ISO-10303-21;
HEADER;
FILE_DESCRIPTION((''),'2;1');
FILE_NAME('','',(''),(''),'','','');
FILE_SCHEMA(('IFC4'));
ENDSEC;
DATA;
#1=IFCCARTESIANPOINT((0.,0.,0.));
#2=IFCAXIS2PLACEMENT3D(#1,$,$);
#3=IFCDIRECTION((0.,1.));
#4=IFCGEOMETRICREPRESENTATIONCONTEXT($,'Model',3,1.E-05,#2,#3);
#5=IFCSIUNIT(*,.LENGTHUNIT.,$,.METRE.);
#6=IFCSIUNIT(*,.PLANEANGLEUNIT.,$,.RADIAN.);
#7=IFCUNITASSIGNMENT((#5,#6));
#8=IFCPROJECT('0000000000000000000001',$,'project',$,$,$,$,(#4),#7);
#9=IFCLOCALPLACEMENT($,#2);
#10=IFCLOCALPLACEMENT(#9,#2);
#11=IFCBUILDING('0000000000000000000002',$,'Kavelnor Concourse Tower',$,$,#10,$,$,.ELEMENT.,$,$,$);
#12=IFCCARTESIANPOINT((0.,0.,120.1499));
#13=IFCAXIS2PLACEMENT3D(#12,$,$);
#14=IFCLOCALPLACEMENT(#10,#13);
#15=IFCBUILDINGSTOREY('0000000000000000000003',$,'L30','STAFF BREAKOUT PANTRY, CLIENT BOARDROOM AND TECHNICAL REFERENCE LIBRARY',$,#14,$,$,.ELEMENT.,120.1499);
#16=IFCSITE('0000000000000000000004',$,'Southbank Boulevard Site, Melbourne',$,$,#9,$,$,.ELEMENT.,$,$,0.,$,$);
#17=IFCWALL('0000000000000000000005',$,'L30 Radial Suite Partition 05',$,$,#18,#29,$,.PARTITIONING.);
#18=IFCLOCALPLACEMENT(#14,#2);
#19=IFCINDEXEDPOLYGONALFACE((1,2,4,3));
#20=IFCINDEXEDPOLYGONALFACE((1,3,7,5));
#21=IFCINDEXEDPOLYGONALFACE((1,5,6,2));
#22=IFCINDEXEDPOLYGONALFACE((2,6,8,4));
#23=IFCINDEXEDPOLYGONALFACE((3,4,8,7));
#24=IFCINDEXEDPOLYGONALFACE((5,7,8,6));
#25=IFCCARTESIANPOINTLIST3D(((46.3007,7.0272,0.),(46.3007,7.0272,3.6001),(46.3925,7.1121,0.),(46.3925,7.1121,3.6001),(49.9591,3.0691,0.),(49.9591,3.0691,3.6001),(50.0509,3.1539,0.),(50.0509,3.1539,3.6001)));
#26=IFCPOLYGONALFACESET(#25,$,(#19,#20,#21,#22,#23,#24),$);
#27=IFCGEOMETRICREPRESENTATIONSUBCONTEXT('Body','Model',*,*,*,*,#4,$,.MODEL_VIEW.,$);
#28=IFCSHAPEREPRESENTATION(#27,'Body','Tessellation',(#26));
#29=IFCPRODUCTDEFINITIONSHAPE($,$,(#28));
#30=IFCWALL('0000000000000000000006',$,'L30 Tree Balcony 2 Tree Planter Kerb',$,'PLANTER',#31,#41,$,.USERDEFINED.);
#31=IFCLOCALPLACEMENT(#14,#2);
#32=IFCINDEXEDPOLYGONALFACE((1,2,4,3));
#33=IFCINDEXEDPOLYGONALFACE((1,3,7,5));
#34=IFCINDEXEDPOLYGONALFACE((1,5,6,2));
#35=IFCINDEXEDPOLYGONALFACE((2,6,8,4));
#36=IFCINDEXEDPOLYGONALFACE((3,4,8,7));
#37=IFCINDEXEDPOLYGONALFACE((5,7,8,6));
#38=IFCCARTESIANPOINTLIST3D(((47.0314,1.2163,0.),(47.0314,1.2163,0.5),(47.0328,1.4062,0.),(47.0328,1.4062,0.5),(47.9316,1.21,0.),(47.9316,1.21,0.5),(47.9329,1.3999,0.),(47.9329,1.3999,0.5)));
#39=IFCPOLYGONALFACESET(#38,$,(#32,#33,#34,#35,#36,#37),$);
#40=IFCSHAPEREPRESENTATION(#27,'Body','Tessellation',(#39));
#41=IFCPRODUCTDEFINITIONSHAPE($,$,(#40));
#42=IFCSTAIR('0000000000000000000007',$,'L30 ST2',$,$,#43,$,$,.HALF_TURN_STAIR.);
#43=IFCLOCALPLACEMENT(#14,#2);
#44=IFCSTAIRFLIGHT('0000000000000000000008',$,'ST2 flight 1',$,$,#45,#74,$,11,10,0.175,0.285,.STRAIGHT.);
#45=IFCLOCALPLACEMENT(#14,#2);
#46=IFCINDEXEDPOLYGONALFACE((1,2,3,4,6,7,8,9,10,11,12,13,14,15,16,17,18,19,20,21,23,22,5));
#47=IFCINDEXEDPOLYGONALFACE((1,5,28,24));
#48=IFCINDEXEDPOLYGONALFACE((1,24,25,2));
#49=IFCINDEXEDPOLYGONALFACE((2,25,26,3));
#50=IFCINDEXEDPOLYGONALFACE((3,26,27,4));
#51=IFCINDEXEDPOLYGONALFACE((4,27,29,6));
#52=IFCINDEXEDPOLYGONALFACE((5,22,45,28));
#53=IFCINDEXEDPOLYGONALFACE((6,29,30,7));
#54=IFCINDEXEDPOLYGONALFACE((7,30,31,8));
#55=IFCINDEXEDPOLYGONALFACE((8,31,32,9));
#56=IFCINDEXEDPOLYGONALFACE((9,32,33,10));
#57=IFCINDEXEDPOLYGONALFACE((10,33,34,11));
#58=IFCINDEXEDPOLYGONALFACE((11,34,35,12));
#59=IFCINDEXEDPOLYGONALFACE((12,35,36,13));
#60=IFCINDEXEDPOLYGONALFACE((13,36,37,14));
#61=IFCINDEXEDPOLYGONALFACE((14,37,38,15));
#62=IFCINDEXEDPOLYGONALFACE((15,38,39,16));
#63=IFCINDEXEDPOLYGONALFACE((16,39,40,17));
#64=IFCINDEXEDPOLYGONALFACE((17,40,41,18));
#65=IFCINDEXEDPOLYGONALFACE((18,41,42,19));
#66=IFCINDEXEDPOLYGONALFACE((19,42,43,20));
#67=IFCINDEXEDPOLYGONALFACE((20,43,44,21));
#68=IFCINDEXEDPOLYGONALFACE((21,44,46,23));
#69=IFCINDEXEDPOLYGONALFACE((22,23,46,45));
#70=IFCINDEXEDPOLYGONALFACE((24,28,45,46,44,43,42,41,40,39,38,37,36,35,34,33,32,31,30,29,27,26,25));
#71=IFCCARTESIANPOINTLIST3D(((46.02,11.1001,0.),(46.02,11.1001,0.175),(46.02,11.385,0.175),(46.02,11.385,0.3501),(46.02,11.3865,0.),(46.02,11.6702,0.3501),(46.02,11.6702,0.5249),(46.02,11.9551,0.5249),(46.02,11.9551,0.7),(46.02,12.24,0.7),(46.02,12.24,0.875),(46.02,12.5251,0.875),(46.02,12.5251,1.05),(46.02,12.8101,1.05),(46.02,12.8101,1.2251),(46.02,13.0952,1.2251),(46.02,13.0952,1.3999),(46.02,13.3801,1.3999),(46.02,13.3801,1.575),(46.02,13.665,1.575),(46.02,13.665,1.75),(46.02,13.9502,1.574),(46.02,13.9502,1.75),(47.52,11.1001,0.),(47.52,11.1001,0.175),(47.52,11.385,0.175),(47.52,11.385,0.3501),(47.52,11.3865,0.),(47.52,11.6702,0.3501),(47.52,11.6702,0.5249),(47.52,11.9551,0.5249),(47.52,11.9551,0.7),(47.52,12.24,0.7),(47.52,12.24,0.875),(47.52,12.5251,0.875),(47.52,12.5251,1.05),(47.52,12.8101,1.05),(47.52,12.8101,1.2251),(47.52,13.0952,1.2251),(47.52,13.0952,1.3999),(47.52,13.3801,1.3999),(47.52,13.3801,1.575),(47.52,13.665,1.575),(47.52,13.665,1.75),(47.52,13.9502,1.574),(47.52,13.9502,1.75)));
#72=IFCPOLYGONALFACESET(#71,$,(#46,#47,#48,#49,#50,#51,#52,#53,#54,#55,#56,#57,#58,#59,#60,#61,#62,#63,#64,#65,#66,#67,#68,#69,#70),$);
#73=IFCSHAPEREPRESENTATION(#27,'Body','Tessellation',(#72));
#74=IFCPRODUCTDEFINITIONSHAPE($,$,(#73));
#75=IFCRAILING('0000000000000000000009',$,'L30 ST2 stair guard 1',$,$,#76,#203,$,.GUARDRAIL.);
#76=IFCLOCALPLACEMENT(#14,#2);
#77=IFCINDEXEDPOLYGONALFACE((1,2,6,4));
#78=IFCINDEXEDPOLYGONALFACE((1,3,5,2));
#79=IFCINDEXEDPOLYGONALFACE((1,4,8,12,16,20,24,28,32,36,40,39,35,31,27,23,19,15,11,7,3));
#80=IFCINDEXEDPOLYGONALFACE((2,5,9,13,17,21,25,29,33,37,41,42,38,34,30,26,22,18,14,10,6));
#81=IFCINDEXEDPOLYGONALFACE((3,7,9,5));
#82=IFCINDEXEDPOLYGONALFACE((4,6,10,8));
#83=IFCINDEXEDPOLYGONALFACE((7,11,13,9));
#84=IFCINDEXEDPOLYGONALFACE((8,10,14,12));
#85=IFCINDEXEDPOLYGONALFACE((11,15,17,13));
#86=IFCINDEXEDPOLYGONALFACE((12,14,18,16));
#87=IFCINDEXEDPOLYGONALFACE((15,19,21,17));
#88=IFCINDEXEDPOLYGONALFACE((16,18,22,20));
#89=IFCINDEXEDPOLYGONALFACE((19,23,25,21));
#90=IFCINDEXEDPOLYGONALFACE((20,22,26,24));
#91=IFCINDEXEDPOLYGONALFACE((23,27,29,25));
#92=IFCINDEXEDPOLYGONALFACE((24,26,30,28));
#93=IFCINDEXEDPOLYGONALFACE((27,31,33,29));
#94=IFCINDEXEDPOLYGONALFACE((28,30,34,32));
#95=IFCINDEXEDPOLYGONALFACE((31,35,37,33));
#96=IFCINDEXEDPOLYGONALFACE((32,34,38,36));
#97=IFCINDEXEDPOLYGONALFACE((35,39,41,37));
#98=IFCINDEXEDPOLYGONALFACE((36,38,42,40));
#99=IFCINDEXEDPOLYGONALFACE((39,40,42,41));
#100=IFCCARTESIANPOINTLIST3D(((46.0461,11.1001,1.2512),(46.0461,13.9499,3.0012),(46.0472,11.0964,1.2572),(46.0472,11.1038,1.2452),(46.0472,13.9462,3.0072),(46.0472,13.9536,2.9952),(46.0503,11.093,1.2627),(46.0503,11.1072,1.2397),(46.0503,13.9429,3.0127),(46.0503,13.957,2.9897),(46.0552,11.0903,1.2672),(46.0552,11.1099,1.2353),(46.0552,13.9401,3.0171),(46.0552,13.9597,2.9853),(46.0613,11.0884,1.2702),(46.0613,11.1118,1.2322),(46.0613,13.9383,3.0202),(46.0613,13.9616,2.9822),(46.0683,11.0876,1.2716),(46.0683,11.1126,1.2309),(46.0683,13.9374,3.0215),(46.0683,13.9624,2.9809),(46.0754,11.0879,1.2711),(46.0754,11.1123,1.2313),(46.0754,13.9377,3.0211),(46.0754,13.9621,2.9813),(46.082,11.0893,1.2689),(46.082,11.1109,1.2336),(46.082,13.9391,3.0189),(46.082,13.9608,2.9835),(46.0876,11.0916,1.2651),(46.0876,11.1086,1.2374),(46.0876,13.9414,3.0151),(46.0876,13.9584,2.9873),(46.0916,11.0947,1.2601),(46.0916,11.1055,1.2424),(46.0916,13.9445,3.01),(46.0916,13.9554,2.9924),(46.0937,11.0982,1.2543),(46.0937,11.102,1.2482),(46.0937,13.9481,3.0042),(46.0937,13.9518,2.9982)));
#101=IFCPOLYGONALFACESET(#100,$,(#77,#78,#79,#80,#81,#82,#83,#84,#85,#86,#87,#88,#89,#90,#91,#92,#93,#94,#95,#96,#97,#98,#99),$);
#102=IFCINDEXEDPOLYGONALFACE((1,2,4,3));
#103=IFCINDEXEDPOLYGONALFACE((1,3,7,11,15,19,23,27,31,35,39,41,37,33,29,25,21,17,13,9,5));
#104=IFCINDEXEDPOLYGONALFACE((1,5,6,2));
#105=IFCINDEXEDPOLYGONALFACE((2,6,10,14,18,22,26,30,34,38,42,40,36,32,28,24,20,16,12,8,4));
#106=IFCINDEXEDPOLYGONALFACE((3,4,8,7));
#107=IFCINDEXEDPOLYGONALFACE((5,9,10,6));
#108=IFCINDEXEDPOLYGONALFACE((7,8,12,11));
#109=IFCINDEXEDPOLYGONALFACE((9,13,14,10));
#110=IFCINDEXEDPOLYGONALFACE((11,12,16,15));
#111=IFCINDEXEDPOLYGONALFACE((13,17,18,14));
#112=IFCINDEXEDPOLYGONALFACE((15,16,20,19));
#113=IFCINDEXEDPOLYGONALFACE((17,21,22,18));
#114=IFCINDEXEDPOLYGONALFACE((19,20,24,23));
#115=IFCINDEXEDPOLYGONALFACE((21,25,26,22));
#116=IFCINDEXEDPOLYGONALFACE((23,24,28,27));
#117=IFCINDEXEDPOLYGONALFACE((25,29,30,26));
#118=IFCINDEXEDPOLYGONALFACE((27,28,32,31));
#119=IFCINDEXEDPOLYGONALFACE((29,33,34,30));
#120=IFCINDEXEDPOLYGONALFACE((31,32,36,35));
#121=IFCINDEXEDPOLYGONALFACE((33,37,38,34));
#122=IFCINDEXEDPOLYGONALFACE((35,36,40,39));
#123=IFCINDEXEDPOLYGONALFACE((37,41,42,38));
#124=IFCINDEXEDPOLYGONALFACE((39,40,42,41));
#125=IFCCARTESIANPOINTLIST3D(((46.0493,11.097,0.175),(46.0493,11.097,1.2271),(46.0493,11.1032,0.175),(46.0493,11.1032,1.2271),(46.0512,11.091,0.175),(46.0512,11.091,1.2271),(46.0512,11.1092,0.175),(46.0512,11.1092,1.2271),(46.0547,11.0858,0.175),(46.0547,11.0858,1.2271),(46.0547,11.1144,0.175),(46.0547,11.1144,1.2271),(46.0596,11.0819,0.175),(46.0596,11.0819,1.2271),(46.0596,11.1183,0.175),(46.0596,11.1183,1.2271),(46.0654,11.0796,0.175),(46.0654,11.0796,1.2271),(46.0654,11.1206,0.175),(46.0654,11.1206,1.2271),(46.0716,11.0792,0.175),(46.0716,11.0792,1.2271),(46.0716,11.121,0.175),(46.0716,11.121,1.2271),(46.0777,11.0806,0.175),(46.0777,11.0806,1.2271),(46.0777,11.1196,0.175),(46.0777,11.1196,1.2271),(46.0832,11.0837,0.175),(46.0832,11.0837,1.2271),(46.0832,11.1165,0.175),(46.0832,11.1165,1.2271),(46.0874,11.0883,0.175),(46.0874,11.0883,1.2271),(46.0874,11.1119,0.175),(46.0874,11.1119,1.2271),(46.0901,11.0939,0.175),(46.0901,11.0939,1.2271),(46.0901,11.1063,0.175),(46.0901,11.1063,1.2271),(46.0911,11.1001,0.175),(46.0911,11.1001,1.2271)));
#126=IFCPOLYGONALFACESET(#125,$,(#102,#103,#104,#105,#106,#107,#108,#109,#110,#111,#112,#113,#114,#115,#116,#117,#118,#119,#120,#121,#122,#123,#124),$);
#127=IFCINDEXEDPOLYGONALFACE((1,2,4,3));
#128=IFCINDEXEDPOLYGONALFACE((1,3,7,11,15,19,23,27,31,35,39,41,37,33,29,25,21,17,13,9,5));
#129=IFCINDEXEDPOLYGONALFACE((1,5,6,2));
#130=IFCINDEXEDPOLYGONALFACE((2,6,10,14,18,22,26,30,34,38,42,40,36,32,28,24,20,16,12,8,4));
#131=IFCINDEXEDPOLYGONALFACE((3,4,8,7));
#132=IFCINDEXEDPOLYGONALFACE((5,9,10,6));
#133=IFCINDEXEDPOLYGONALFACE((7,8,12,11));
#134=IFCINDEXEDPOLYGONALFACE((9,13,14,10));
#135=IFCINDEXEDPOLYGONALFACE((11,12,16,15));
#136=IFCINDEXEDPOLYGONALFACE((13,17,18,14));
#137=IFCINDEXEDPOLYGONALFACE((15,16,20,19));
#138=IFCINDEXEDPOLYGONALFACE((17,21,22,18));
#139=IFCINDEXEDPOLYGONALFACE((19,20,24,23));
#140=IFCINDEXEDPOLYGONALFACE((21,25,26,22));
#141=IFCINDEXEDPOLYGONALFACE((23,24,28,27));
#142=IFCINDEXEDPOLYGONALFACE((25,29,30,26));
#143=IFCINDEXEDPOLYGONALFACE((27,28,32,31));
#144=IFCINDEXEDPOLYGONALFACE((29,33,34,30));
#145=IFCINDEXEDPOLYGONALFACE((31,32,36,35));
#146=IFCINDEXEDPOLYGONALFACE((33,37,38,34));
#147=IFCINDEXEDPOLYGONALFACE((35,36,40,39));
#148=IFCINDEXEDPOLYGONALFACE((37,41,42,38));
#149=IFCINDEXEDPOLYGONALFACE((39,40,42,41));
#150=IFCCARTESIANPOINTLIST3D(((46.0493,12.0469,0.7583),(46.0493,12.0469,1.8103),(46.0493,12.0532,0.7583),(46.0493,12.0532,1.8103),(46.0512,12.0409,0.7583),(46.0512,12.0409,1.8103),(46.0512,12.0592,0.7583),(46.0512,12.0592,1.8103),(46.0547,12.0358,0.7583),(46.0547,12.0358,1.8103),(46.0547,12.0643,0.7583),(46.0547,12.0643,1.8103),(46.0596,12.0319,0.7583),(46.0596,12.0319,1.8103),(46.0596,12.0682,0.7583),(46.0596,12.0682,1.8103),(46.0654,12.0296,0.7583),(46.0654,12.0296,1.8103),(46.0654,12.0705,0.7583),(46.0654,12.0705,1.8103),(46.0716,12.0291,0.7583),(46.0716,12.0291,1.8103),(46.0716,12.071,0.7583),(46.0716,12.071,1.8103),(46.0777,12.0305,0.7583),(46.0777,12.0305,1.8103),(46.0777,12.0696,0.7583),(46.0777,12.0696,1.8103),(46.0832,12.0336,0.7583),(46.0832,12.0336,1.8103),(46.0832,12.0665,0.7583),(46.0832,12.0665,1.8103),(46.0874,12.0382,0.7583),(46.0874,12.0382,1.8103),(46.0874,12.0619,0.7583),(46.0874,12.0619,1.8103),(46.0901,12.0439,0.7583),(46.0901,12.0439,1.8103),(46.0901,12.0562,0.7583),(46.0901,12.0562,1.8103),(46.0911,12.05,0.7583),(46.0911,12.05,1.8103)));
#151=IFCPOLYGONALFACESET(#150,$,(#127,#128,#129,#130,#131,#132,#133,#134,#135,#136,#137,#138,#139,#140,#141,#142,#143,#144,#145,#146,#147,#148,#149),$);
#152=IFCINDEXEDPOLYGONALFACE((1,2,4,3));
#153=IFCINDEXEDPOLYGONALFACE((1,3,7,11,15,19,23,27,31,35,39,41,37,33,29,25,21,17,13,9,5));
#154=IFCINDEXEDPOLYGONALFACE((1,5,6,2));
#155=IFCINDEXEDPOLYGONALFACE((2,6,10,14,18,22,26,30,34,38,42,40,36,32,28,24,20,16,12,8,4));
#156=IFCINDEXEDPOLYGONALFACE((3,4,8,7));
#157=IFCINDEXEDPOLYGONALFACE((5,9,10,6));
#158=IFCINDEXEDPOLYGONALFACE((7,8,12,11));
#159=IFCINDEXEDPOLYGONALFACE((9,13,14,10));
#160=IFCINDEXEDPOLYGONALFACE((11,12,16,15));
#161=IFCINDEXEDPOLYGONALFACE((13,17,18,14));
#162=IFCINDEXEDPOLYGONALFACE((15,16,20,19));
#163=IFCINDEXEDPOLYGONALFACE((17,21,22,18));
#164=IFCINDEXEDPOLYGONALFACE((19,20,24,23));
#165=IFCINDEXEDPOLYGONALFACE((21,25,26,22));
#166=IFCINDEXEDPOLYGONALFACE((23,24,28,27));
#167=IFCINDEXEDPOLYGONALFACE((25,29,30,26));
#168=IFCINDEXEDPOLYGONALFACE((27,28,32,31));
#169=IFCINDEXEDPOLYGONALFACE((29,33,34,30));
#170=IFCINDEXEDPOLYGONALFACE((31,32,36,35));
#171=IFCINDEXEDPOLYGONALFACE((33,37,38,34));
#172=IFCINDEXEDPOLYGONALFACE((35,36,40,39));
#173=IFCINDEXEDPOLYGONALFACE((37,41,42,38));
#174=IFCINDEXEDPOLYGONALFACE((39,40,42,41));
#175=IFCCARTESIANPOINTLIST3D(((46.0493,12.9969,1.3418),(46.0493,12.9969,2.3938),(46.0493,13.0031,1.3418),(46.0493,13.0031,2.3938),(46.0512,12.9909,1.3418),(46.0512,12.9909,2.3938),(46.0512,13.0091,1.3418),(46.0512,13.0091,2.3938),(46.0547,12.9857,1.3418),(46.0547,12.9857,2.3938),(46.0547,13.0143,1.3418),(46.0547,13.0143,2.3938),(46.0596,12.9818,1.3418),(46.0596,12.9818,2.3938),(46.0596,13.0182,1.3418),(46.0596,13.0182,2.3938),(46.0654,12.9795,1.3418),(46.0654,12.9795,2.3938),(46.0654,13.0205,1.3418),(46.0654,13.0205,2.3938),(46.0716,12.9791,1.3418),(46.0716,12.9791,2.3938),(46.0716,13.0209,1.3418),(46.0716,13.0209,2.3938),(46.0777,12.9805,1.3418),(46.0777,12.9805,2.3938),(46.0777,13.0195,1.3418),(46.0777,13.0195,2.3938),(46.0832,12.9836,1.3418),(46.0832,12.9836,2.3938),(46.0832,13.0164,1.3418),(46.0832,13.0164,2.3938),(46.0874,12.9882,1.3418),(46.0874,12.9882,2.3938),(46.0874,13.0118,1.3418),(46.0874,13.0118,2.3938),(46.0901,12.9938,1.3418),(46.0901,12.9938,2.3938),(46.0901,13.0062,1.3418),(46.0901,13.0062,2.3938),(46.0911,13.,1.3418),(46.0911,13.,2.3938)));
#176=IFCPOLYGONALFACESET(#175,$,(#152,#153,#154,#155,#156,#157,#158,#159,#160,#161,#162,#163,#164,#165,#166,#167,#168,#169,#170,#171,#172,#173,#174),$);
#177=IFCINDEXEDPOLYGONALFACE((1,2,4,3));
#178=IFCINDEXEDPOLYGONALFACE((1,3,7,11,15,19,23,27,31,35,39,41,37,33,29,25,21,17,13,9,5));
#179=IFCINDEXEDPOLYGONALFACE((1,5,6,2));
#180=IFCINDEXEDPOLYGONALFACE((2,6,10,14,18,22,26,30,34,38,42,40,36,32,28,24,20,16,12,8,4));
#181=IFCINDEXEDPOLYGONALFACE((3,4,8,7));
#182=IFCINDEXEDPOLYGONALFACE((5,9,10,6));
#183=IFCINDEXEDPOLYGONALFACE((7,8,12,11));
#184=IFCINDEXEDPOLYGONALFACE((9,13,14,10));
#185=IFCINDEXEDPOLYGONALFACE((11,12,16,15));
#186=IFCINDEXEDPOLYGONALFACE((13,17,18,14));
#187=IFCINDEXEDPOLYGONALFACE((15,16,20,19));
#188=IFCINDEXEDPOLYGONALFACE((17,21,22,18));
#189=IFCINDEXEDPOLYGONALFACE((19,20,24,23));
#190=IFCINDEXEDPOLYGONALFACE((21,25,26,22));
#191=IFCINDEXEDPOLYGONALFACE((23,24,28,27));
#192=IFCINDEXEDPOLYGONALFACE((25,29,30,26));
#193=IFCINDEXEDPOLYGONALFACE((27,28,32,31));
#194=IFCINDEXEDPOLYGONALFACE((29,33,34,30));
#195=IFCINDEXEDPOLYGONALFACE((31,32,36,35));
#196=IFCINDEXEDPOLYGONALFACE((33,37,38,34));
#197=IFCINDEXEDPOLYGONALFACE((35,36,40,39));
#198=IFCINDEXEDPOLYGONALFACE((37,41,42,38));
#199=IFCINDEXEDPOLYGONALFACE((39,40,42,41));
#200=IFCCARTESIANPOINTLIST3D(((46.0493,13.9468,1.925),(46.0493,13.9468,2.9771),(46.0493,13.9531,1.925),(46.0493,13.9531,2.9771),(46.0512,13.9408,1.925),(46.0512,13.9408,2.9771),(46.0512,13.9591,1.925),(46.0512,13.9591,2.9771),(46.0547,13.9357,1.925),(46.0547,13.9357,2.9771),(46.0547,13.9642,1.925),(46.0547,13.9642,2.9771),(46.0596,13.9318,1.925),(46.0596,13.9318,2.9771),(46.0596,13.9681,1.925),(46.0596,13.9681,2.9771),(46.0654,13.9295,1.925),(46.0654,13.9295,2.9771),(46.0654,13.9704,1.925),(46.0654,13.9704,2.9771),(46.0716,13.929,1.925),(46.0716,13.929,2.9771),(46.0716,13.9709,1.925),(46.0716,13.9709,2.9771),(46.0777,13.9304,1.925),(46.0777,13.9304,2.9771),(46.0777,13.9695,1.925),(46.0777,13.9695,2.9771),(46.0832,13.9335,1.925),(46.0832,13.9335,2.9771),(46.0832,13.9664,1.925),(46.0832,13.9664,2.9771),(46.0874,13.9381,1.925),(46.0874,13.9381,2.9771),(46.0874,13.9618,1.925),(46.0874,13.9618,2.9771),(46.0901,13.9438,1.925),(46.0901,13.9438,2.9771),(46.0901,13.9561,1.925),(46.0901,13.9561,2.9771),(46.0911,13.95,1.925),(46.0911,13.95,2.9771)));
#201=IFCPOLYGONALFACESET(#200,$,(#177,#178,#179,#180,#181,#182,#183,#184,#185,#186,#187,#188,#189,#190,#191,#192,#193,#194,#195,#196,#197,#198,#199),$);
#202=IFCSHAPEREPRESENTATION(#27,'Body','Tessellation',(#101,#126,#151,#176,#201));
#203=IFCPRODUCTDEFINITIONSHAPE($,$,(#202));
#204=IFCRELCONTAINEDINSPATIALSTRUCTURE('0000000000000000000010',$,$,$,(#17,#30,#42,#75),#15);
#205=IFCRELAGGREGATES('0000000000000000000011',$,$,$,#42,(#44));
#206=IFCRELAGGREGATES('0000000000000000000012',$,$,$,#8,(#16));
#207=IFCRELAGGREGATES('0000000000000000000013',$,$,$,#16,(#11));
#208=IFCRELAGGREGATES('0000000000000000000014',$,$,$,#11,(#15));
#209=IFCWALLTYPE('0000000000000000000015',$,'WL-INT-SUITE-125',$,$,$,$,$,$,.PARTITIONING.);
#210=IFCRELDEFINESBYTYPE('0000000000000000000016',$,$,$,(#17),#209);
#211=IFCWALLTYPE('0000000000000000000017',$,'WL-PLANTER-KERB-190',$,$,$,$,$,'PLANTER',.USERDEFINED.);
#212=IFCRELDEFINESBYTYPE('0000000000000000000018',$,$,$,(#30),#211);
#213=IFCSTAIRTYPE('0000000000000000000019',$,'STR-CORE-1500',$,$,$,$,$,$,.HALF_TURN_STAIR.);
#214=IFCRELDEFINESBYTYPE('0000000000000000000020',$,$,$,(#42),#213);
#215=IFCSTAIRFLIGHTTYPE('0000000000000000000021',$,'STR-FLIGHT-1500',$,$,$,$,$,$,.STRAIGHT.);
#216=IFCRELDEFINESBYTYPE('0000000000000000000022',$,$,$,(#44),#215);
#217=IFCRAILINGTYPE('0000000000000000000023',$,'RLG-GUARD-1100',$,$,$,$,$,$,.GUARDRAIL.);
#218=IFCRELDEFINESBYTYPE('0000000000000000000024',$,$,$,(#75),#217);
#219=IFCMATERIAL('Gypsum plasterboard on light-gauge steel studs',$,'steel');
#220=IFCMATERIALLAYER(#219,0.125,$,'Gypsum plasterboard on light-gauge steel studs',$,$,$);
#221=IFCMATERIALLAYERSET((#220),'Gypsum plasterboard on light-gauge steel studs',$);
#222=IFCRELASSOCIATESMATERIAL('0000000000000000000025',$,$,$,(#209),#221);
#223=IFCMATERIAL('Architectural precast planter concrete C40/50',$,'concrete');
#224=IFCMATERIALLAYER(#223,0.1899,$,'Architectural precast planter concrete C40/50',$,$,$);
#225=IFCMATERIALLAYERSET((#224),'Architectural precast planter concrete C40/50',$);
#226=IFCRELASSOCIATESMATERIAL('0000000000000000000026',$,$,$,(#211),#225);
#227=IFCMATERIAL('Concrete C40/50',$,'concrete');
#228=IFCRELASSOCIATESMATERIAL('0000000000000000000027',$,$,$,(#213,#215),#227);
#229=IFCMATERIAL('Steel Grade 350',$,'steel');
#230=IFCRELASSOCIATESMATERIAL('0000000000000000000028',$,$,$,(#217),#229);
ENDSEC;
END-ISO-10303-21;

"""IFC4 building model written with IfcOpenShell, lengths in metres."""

from ifc_helpers import new_model, si_unit, direction, frame, frame_2d, origin, origin_2d, place, context, subcontext, project, spatial, polyline, rectangle, circle, outline, extrude, material, layer, layer_set, type_object, element, aggregate, save


model = new_model("IFC4")

# Units and contexts
model_context = context("Model", 3, precision=1e-05, world=origin(), true_north=direction((0.0, 1.0)))
body_context = subcontext(model_context, "Body", "Model", "MODEL_VIEW")
ifc_project = project(units=[si_unit("LENGTHUNIT", "METRE"), si_unit("PLANEANGLEUNIT", "RADIAN")], contexts=[model_context])

# Site, building, storey
site_placement = place(None, origin())
site = spatial("IfcSite", under=ifc_project, at=site_placement, Name="Southbank Boulevard Site, Melbourne", CompositionType="ELEMENT", RefElevation=0.0)
building_placement = place(site_placement, origin())
building = spatial("IfcBuilding", under=site, at=building_placement, Name="Kavelnor Concourse Tower", CompositionType="ELEMENT")
storey_placement = place(building_placement, frame((0.0, 0.0, 120.1499)))
storey = spatial("IfcBuildingStorey", under=building, at=storey_placement, Name="L30", Description="STAFF BREAKOUT PANTRY, CLIENT BOARDROOM AND TECHNICAL REFERENCE LIBRARY", CompositionType="ELEMENT", Elevation=120.1499)

# Shared definitions
ifc_material_1 = material(Name="Steel Grade 350", Category="steel")

# Shared definitions
ifc_material_2 = material(Name="Gypsum plasterboard on light-gauge steel studs", Category="steel")

# Walls
ifc_layer_1 = layer(ifc_material_2, 0.125, Name="Gypsum plasterboard on light-gauge steel studs")
ifc_layer_set_1 = layer_set([ifc_layer_1], Name="Gypsum plasterboard on light-gauge steel studs")
wall_type_1 = type_object("IfcWallType", Name="WL-INT-SUITE-125", PredefinedType="PARTITIONING", material=ifc_layer_set_1)
wall_1_placement = place(storey_placement, frame((46.3467, 7.0696, 0.0), z_axis=(0.0, 0.0, 1.0), x_axis=(0.678748, -0.734371, 0.0)))
element("IfcWall", 1, at=wall_1_placement, inside=storey, type_object=wall_type_1, Name="L30 Radial Suite Partition 05", PredefinedType="PARTITIONING", context=body_context, shape_type="SweptSolid", body=[
    extrude(rectangle(XDim=5.3899, YDim=0.125, at=frame_2d((2.6948, 0.0))), origin(), (0.0, 0.0, 1.0), 3.6001),
])
ifc_material_3 = material(Name="Architectural precast planter concrete C40/50", Category="concrete")
ifc_layer_2 = layer(ifc_material_3, 0.1899, Name="Architectural precast planter concrete C40/50")
ifc_layer_set_2 = layer_set([ifc_layer_2], Name="Architectural precast planter concrete C40/50")
wall_type_2 = type_object("IfcWallType", Name="WL-PLANTER-KERB-190", ElementType="PLANTER", PredefinedType="USERDEFINED", material=ifc_layer_set_2)
wall_2_placement = place(storey_placement, frame((47.032, 1.3113, 0.0), z_axis=(0.0, 0.0, 1.0), x_axis=(0.999975, -0.007052, 0.0)))
element("IfcWall", 2, at=wall_2_placement, inside=storey, type_object=wall_type_2, Name="L30 Tree Balcony 2 Tree Planter Kerb", ObjectType="PLANTER", PredefinedType="USERDEFINED", context=body_context, shape_type="SweptSolid", body=[
    extrude(rectangle(XDim=0.9001, YDim=0.1899, at=frame_2d((0.4502, 0.0))), origin(), (0.0, 0.0, 1.0), 0.5),
])

# Stair, stair flight
ifc_material_4 = material(Name="Concrete C40/50", Category="concrete")
stair_type = type_object("IfcStairType", Name="STR-CORE-1500", PredefinedType="HALF_TURN_STAIR", material=ifc_material_4)
stair_placement = place(storey_placement, origin())
stair = element("IfcStair", 3, at=stair_placement, inside=storey, type_object=stair_type, Name="L30 ST2", PredefinedType="HALF_TURN_STAIR")
stair_flight_type = type_object("IfcStairFlightType", Name="STR-FLIGHT-1500", PredefinedType="STRAIGHT", material=ifc_material_4)
stair_flight_placement = place(storey_placement, frame((46.77, 11.1001, 0.0), z_axis=(0.0, 0.0, 1.0), x_axis=(0.0, 1.0, 0.0)))
stair_flight = element("IfcStairFlight", 4, at=stair_flight_placement, type_object=stair_flight_type, Name="ST2 flight 1", NumberOfRisers=11, NumberOfTreads=10, PredefinedType="STRAIGHT", RiserHeight=0.175, TreadLength=0.285, context=body_context, shape_type="SweptSolid", body=[
    extrude(outline(polyline([(0.0, 0.0), (0.0, 0.175), (0.2849, 0.175), (0.2849, 0.3501), (0.5701, 0.3501), (0.5701, 0.5249), (0.855, 0.5249), (0.855, 0.7), (1.1399, 0.7), (1.1399, 0.875), (1.425, 0.875), (1.425, 1.05), (1.71, 1.05), (1.71, 1.2251), (1.9951, 1.2251), (1.9951, 1.3999), (2.28, 1.3999), (2.28, 1.575), (2.5649, 1.575), (2.5649, 1.75), (2.8501, 1.75), (2.8501, 1.925), (2.8501, 1.574), (0.2864, 0.0), (0.0, 0.0)])), frame((0.0, 0.75, 0.0), z_axis=(0.0, -1.0, 0.0), x_axis=(1.0, 0.0, 0.0)), (0.0, 0.0, 1.0), 1.5),
])
aggregate(stair, [stair_flight])

# Railing
railing_type_1 = type_object("IfcRailingType", Name="RLG-GUARD-1100", PredefinedType="GUARDRAIL", material=ifc_material_1)
railing_1_placement = place(storey_placement, frame((46.0701, 11.1001, 0.175)))
element("IfcRailing", 5, at=railing_1_placement, inside=storey, type_object=railing_type_1, Name="L30 ST2 stair guard 1", PredefinedType="GUARDRAIL", context=body_context, shape_type="SweptSolid", body=[
    extrude(circle(Radius=0.0239, at=origin_2d()), frame((0.0, 0.0, 1.0762), z_axis=(0.0, 0.852159, 0.523283), x_axis=(-1.0, 0.0, 0.0)), (0.0, 0.0, 1.0), 3.3442),
    extrude(circle(Radius=0.021, at=origin_2d()), origin(), (0.0, 0.0, 1.0), 1.052),
    extrude(circle(Radius=0.021, at=origin_2d()), frame((0.0, 0.95, 0.5833)), (0.0, 0.0, 1.0), 1.052),
    extrude(circle(Radius=0.021, at=origin_2d()), frame((0.0, 1.8999, 1.1667)), (0.0, 0.0, 1.0), 1.052),
    extrude(circle(Radius=0.021, at=origin_2d()), frame((0.0, 2.8499, 1.75)), (0.0, 0.0, 1.0), 1.052),
])

save(model, "model.ifc")
